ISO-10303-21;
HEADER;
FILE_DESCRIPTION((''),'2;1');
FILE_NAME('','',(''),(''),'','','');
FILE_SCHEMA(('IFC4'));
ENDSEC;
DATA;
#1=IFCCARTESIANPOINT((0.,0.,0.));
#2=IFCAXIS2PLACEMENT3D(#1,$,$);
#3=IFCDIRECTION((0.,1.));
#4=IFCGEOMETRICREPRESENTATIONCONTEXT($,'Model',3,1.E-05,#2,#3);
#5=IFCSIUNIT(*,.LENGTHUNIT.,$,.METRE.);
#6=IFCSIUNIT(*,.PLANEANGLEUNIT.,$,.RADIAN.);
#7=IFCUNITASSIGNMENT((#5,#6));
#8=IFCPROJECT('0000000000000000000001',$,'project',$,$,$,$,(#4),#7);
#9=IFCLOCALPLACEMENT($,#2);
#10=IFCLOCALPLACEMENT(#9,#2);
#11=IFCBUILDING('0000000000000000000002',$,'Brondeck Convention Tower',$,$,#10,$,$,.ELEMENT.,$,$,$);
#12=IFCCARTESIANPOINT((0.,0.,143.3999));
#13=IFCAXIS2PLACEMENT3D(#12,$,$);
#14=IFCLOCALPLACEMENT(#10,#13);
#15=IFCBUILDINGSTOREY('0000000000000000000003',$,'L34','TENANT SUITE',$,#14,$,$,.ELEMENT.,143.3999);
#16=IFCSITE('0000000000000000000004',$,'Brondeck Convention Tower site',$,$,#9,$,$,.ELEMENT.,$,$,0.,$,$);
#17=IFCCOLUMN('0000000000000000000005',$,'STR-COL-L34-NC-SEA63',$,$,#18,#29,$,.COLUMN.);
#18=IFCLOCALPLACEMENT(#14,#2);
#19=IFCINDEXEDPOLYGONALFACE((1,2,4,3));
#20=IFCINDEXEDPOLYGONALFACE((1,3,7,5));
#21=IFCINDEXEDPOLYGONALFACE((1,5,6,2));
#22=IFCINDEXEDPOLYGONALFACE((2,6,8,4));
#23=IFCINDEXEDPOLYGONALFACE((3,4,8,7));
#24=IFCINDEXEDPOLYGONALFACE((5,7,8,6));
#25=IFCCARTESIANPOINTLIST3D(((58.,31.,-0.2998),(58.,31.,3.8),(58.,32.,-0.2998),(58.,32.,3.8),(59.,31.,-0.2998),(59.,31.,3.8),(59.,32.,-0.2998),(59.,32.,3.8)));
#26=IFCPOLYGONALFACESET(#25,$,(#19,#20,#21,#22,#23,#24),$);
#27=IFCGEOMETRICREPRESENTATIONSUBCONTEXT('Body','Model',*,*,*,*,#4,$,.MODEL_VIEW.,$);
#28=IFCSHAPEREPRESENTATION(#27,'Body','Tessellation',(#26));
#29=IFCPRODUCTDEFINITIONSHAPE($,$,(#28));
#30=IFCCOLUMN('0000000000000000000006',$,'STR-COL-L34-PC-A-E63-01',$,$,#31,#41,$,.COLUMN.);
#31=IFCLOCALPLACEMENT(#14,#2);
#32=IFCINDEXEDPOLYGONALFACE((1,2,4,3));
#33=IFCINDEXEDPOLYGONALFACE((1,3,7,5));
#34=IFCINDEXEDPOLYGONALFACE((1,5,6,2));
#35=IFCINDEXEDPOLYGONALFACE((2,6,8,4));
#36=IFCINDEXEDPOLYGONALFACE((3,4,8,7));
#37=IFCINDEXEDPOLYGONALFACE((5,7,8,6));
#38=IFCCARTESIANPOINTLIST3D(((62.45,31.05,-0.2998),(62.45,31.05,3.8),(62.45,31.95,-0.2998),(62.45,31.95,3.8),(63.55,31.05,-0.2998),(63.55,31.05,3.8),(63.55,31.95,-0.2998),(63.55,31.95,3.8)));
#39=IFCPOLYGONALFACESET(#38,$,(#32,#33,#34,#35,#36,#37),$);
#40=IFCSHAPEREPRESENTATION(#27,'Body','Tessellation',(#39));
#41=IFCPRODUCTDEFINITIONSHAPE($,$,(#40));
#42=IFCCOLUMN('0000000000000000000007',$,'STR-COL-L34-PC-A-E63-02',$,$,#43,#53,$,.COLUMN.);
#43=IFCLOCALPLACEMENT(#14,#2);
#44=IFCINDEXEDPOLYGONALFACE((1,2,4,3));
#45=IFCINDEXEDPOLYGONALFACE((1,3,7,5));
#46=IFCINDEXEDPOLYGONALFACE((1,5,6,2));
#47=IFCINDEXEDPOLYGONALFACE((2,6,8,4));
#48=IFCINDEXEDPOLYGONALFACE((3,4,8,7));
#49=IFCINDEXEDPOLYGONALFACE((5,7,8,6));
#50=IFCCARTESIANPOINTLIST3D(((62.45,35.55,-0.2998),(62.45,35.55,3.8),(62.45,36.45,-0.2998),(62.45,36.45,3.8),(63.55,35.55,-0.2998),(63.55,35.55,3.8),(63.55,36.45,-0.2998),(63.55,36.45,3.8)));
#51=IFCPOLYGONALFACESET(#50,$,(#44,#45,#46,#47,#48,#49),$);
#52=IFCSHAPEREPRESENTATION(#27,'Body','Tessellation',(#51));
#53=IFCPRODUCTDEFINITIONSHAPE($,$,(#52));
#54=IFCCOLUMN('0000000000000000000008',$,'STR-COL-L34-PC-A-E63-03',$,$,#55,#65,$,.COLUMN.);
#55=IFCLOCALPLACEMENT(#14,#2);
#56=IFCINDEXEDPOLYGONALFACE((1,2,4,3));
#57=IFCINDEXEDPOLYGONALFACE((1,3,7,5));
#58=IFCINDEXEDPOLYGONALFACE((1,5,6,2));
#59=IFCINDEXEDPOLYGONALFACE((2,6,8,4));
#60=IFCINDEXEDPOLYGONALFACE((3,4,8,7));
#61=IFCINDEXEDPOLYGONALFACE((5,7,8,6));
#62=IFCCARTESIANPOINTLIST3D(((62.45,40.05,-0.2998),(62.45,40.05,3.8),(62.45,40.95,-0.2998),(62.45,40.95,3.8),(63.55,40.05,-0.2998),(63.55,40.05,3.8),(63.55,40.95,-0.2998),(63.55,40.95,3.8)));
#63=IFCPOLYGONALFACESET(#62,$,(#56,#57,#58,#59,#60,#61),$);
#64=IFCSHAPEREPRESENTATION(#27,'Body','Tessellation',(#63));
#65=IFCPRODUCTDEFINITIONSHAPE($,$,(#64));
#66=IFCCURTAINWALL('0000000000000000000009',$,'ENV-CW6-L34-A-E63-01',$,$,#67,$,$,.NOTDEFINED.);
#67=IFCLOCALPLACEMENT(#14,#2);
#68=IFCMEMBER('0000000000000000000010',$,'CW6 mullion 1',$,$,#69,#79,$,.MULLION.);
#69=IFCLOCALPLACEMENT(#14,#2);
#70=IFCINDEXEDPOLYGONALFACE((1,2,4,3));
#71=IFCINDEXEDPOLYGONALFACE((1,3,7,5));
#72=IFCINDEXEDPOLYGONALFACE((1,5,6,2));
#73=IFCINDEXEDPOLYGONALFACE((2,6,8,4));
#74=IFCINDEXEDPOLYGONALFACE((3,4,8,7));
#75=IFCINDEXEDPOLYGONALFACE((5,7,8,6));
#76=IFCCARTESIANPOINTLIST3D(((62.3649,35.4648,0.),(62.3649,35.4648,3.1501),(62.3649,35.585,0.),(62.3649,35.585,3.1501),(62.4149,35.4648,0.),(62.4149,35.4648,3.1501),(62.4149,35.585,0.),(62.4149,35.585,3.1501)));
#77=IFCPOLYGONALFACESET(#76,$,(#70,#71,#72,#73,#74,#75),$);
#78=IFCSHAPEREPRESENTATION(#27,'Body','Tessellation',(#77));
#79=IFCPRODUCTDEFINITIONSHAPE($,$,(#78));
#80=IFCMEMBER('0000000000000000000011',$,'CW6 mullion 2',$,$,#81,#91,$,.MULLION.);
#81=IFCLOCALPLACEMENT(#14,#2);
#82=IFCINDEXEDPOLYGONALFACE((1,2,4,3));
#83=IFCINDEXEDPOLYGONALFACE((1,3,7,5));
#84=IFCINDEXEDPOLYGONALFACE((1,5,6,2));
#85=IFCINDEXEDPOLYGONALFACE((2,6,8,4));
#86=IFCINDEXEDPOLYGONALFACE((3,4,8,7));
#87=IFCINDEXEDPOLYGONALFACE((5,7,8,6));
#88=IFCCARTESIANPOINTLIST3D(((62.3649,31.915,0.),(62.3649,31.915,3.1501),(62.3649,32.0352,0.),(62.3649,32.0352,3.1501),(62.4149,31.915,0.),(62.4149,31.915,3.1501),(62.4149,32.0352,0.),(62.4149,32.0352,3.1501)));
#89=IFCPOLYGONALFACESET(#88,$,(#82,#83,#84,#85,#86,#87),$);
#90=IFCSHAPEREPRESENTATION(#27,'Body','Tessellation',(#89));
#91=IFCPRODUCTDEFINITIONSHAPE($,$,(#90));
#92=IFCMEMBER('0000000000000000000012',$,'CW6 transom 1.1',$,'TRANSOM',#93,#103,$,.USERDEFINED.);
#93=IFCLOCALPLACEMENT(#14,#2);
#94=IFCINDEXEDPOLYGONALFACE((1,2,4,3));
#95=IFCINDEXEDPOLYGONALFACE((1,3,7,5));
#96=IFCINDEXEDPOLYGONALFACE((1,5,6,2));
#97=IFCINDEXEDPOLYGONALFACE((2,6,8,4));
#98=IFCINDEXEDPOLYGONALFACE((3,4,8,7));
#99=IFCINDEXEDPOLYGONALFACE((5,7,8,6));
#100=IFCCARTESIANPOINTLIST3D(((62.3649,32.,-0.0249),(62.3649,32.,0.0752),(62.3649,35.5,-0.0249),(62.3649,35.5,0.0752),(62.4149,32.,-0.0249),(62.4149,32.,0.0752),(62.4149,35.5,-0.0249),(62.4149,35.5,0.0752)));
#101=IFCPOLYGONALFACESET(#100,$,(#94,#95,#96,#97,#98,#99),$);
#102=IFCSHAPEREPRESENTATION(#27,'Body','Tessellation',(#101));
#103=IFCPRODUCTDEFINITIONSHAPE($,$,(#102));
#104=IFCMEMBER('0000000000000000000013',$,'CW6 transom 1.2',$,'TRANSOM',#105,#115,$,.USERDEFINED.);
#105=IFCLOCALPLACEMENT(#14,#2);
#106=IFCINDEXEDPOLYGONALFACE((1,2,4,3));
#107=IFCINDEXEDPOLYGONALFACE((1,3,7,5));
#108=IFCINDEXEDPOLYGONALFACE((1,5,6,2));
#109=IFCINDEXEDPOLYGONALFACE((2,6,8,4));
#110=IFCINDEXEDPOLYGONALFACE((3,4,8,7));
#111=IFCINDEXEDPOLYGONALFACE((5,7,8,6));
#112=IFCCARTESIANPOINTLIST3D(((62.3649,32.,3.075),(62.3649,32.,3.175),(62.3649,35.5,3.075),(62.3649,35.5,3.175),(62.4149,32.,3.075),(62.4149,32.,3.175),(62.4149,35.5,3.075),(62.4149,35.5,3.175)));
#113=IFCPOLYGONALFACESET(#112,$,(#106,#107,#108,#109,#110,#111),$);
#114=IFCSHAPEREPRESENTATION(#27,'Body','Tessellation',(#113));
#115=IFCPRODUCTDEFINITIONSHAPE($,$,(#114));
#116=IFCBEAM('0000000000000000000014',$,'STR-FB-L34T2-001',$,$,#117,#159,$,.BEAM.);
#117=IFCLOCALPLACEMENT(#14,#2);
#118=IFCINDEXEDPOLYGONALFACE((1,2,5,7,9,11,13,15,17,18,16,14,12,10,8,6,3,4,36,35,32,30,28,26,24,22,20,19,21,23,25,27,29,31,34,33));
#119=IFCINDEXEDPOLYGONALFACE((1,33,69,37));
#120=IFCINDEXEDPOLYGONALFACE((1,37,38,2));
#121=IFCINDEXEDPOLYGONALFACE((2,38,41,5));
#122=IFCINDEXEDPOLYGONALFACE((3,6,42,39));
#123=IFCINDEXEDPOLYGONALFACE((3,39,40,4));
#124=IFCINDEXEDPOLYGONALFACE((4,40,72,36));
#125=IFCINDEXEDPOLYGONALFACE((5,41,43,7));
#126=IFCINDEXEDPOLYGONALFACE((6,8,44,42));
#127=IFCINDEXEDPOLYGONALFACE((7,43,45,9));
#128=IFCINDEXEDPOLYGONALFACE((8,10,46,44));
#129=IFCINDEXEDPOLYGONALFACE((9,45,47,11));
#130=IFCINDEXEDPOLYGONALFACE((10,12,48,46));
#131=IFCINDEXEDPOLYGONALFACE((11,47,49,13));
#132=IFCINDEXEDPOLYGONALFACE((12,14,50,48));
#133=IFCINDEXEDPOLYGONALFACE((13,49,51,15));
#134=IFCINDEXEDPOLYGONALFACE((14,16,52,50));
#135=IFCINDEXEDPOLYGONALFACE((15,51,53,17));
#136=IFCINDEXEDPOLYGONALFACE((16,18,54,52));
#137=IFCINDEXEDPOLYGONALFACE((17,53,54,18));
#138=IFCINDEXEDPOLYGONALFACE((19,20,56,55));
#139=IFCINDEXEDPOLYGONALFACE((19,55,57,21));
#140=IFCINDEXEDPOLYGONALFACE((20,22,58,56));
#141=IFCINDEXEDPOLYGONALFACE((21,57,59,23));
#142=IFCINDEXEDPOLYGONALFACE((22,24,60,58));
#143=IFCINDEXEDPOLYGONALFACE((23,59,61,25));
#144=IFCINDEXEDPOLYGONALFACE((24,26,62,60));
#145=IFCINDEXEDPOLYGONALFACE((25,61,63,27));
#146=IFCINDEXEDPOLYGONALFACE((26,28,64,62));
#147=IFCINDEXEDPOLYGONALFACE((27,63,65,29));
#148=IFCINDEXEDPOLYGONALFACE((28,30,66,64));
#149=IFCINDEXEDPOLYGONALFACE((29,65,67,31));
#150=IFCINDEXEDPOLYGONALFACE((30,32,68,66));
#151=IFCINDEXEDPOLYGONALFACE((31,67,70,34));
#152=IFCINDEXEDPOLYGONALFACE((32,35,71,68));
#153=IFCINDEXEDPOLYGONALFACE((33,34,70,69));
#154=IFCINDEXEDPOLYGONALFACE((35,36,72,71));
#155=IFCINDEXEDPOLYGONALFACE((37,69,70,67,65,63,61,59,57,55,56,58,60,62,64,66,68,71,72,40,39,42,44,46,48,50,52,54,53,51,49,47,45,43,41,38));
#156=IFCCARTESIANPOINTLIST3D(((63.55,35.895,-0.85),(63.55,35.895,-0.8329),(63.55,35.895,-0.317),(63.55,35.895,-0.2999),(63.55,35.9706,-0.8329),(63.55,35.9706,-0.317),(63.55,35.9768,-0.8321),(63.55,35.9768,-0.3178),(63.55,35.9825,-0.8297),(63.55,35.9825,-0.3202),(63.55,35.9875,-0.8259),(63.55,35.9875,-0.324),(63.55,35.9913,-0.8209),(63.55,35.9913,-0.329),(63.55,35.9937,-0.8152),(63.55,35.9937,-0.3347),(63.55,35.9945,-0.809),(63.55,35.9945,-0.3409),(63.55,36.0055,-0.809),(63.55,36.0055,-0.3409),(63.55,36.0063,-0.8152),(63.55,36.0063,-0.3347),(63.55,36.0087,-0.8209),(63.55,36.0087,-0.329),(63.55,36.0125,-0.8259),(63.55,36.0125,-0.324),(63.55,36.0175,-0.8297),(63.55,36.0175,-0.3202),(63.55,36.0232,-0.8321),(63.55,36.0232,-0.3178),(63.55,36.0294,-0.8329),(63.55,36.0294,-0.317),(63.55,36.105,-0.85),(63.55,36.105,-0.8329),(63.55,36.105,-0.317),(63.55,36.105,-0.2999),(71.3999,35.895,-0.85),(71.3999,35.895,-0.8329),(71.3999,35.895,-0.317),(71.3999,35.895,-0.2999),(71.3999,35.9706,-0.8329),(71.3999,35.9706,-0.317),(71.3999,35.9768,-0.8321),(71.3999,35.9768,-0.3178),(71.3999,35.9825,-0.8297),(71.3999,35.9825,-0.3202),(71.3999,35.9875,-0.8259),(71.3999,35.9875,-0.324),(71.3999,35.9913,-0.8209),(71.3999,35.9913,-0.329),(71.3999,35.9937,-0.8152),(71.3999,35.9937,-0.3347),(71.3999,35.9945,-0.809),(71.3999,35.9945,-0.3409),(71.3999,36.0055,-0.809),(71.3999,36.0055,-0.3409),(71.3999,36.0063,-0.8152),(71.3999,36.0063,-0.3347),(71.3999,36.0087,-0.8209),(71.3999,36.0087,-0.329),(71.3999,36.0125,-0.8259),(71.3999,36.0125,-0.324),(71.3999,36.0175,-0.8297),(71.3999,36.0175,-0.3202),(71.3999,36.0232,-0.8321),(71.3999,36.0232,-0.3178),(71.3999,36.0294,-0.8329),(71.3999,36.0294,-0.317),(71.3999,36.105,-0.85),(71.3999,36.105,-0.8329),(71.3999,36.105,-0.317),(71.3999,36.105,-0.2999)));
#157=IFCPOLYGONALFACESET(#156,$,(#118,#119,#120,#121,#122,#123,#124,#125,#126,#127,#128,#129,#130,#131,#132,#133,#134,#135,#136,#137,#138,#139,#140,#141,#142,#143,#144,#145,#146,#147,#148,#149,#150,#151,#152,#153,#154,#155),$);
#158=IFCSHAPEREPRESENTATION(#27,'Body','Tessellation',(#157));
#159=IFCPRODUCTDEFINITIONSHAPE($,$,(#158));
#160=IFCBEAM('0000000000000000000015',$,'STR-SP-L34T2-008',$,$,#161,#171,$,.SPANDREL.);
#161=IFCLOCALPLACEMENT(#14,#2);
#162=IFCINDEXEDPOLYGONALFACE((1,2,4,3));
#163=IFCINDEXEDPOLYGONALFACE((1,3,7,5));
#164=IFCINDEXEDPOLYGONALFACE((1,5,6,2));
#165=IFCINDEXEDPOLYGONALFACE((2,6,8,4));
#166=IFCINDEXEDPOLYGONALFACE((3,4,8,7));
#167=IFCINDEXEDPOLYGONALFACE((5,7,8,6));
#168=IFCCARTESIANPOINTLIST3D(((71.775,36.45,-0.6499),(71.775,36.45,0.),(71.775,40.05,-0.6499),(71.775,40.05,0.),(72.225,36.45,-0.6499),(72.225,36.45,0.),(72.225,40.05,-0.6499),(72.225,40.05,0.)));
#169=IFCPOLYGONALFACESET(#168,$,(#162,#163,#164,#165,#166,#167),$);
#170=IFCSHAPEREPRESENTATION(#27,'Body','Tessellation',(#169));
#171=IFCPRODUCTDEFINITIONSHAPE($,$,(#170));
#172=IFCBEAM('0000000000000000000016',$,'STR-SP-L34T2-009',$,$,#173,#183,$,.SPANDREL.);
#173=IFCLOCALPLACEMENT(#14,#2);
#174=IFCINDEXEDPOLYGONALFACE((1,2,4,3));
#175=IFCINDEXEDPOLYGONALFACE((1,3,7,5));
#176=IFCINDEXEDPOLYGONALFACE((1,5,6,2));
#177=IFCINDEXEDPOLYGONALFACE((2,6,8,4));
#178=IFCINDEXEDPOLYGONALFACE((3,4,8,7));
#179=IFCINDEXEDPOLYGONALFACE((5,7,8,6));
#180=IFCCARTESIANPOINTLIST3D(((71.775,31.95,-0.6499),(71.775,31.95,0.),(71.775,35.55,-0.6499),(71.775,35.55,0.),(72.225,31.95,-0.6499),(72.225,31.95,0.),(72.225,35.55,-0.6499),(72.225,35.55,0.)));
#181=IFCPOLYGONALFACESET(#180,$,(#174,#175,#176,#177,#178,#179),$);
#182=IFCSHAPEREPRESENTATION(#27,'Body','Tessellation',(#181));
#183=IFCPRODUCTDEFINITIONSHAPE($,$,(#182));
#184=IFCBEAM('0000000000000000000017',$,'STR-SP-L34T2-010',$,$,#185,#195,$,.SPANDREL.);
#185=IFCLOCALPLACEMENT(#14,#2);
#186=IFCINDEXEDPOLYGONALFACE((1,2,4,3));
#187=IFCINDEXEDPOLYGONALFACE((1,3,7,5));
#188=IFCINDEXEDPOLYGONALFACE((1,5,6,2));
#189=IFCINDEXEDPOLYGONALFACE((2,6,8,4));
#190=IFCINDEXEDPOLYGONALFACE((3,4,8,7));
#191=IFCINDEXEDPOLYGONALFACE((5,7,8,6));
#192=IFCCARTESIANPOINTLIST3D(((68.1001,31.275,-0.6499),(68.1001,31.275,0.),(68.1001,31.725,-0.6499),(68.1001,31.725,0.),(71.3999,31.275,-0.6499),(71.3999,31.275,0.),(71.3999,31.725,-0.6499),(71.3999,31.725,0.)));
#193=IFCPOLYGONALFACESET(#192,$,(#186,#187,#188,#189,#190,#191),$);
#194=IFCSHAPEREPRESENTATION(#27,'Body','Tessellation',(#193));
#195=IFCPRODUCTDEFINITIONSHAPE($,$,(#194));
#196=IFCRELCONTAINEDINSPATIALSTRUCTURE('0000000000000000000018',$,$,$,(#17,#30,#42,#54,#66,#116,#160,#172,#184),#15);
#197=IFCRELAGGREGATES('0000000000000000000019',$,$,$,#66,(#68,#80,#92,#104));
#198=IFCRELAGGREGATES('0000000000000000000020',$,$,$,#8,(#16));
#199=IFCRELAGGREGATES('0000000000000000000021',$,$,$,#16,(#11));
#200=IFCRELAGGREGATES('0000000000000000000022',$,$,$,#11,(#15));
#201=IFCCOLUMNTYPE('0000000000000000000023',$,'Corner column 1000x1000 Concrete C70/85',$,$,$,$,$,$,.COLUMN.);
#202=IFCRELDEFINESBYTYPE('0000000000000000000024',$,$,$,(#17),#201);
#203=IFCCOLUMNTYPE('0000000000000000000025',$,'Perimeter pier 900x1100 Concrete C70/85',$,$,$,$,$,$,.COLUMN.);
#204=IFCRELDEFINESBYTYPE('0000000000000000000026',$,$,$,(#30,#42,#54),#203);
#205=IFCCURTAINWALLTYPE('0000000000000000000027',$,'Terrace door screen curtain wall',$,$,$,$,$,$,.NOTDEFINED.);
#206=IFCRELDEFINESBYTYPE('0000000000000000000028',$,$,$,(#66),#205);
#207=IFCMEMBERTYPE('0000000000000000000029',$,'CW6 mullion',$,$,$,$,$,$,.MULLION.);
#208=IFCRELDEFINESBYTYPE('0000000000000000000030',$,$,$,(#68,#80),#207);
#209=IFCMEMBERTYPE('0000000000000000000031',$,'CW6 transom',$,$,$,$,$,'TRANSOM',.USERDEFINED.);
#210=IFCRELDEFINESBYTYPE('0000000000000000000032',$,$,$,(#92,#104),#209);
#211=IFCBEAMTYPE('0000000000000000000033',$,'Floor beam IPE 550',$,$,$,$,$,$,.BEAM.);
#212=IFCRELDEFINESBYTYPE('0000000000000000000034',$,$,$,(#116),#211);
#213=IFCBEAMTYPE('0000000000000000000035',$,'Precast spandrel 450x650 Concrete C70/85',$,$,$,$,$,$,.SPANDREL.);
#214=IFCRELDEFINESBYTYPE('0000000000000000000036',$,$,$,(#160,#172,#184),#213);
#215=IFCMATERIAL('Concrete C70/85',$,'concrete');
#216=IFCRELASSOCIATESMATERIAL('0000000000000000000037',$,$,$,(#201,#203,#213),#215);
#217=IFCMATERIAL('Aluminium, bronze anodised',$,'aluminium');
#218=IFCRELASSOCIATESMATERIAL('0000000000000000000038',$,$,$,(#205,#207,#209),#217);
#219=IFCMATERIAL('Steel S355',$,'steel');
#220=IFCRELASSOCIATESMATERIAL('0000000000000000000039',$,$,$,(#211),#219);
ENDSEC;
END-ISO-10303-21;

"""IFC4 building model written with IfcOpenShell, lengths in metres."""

from ifc_helpers import new_model, si_unit, direction, frame, origin, origin_2d, place, context, subcontext, project, spatial, rectangle, i_section, extrude, material, material_profile, profile_set, type_object, element, aggregate, save


model = new_model("IFC4")

# Units and contexts
model_context = context("Model", 3, precision=1e-05, world=origin(), true_north=direction((0.0, 1.0)))
body_context = subcontext(model_context, "Body", "Model", "MODEL_VIEW")
ifc_project = project(units=[si_unit("LENGTHUNIT", "METRE"), si_unit("PLANEANGLEUNIT", "RADIAN")], contexts=[model_context])

# Site, building, storey
site_placement = place(None, origin())
site = spatial("IfcSite", under=ifc_project, at=site_placement, Name="Brondeck Convention Tower site", CompositionType="ELEMENT", RefElevation=0.0)
building_placement = place(site_placement, origin())
building = spatial("IfcBuilding", under=site, at=building_placement, Name="Brondeck Convention Tower", CompositionType="ELEMENT")
storey_placement = place(building_placement, frame((0.0, 0.0, 143.3999)))
storey = spatial("IfcBuildingStorey", under=building, at=storey_placement, Name="L34", Description="TENANT SUITE", CompositionType="ELEMENT", Elevation=143.3999)

# Columns
ifc_material_1 = material(Name="Concrete C70/85", Category="concrete")
ifc_material_profile_1 = material_profile(ifc_material_1, rectangle(XDim=1.0, YDim=1.0, at=origin_2d()), Name="Corner column 1000x1000 Concrete C70/85")
ifc_profile_set_1 = profile_set([ifc_material_profile_1], Name="Concrete C70/85")
column_type_1 = type_object("IfcColumnType", Name="Corner column 1000x1000 Concrete C70/85", PredefinedType="COLUMN", material=ifc_profile_set_1)
column_placement = place(storey_placement, frame((58.5, 31.5, -0.2998), z_axis=(0.0, 0.0, 1.0), x_axis=(1.0, 0.0, 0.0)))
element("IfcColumn", 1, at=column_placement, inside=storey, type_object=column_type_1, Name="STR-COL-L34-NC-SEA63", PredefinedType="COLUMN", context=body_context, shape_type="SweptSolid", body=[
    extrude(rectangle(XDim=1.0, YDim=1.0, at=origin_2d()), origin(), (0.0, 0.0, 1.0), 4.0999),
])
ifc_material_profile_2 = material_profile(ifc_material_1, rectangle(XDim=0.8999, YDim=1.1001, at=origin_2d()), Name="Perimeter pier 900x1100 Concrete C70/85")
ifc_profile_set_2 = profile_set([ifc_material_profile_2], Name="Concrete C70/85")
column_type_2 = type_object("IfcColumnType", Name="Perimeter pier 900x1100 Concrete C70/85", PredefinedType="COLUMN", material=ifc_profile_set_2)
for number, where, z_axis, x_axis, name in (
    (2, (63.0, 31.5, -0.2998), (0.0, 0.0, 1.0), (0.0, 1.0, 0.0), "STR-COL-L34-PC-A-E63-01"),
    (3, (63.0, 36.0, -0.2998), (0.0, 0.0, 1.0), (0.0, 1.0, 0.0), "STR-COL-L34-PC-A-E63-02"),
    (4, (63.0, 40.5, -0.2998), (0.0, 0.0, 1.0), (0.0, 1.0, 0.0), "STR-COL-L34-PC-A-E63-03"),
):
    element("IfcColumn", number, at=place(storey_placement, frame(where, z_axis=z_axis, x_axis=x_axis)), inside=storey, type_object=column_type_2, Name=name, PredefinedType="COLUMN", context=body_context, shape_type="SweptSolid", body=[
        extrude(rectangle(XDim=0.8999, YDim=1.1001, at=origin_2d()), origin(), (0.0, 0.0, 1.0), 4.0999),
    ])

# Curtain wall, members
ifc_material_2 = material(Name="Aluminium, bronze anodised", Category="aluminium")
curtain_wall_type = type_object("IfcCurtainWallType", Name="Terrace door screen curtain wall", PredefinedType="NOTDEFINED", material=ifc_material_2)
curtain_wall_placement = place(storey_placement, origin())
curtain_wall = element("IfcCurtainWall", 5, at=curtain_wall_placement, inside=storey, type_object=curtain_wall_type, Name="ENV-CW6-L34-A-E63-01", PredefinedType="NOTDEFINED")
ifc_material_profile_3 = material_profile(ifc_material_2, rectangle(XDim=0.05, YDim=0.1201, at=origin_2d()), Name="CW6 mullion")
ifc_profile_set_3 = profile_set([ifc_material_profile_3], Name="Aluminium, bronze anodised")
member_type_1 = type_object("IfcMemberType", Name="CW6 mullion", PredefinedType="MULLION", material=ifc_profile_set_3)
member_1_placement = place(storey_placement, frame((62.3899, 35.5249, 0.0), z_axis=(0.0, 0.0, 1.0), x_axis=(1.0, 0.0, 0.0)))
member_1 = element("IfcMember", 6, at=member_1_placement, type_object=member_type_1, Name="CW6 mullion 1", PredefinedType="MULLION", context=body_context, shape_type="SweptSolid", body=[
    extrude(rectangle(XDim=0.05, YDim=0.1201, at=origin_2d()), origin(), (0.0, 0.0, 1.0), 3.1501),
])
member_2_placement = place(storey_placement, frame((62.3899, 31.9751, 0.0), z_axis=(0.0, 0.0, 1.0), x_axis=(1.0, 0.0, 0.0)))
member_2 = element("IfcMember", 7, at=member_2_placement, type_object=member_type_1, Name="CW6 mullion 2", PredefinedType="MULLION", context=body_context, shape_type="SweptSolid", body=[
    extrude(rectangle(XDim=0.05, YDim=0.1201, at=origin_2d()), origin(), (0.0, 0.0, 1.0), 3.1501),
])
ifc_material_profile_4 = material_profile(ifc_material_2, rectangle(XDim=0.05, YDim=0.1001, at=origin_2d()), Name="CW6 transom")
ifc_profile_set_4 = profile_set([ifc_material_profile_4], Name="Aluminium, bronze anodised")
member_type_2 = type_object("IfcMemberType", Name="CW6 transom", ElementType="TRANSOM", PredefinedType="USERDEFINED", material=ifc_profile_set_4)
member_3_placement = place(storey_placement, frame((62.3899, 35.5, 0.0251), z_axis=(0.0, -1.0, 0.0), x_axis=(1.0, 0.0, 0.0)))
member_3 = element("IfcMember", 8, at=member_3_placement, type_object=member_type_2, Name="CW6 transom 1.1", ObjectType="TRANSOM", PredefinedType="USERDEFINED", context=body_context, shape_type="SweptSolid", body=[
    extrude(rectangle(XDim=0.05, YDim=0.1001, at=origin_2d()), origin(), (0.0, 0.0, 1.0), 3.5),
])
member_4_placement = place(storey_placement, frame((62.3899, 35.5, 3.125), z_axis=(0.0, -1.0, 0.0), x_axis=(1.0, 0.0, 0.0)))
member_4 = element("IfcMember", 9, at=member_4_placement, type_object=member_type_2, Name="CW6 transom 1.2", ObjectType="TRANSOM", PredefinedType="USERDEFINED", context=body_context, shape_type="SweptSolid", body=[
    extrude(rectangle(XDim=0.05, YDim=0.1001, at=origin_2d()), origin(), (0.0, 0.0, 1.0), 3.5),
])

# Beams
ifc_material_3 = material(Name="Steel S355", Category="steel")
ifc_material_profile_5 = material_profile(ifc_material_3, i_section(OverallWidth=0.21, OverallDepth=0.55, WebThickness=0.011, FlangeThickness=0.0171, FilletRadius=0.0239, at=origin_2d()), Name="IPE 550")
ifc_profile_set_5 = profile_set([ifc_material_profile_5], Name="Steel S355")
beam_type_1 = type_object("IfcBeamType", Name="Floor beam IPE 550", PredefinedType="BEAM", material=ifc_profile_set_5)
beam_1_placement = place(storey_placement, frame((63.55, 36.0, -0.575), z_axis=(1.0, 0.0, 0.0), x_axis=(0.0, 1.0, 0.0)))
element("IfcBeam", 10, at=beam_1_placement, inside=storey, type_object=beam_type_1, Name="STR-FB-L34T2-001", PredefinedType="BEAM", context=body_context, shape_type="SweptSolid", body=[
    extrude(i_section(OverallWidth=0.21, OverallDepth=0.55, WebThickness=0.011, FlangeThickness=0.0171, FilletRadius=0.0239, at=origin_2d()), origin(), (0.0, 0.0, 1.0), 7.8499),
])
ifc_material_profile_6 = material_profile(ifc_material_1, rectangle(XDim=0.45, YDim=0.6499, at=origin_2d()), Name="Precast spandrel 450x650 Concrete C70/85")
ifc_profile_set_6 = profile_set([ifc_material_profile_6], Name="Concrete C70/85")
beam_type_2 = type_object("IfcBeamType", Name="Precast spandrel 450x650 Concrete C70/85", PredefinedType="SPANDREL", material=ifc_profile_set_6)
for number, where, z_axis, x_axis, name in (
    (11, (72.0, 40.05, -0.325), (0.0, -1.0, 0.0), (1.0, 0.0, 0.0), "STR-SP-L34T2-008"),
    (12, (72.0, 35.55, -0.325), (0.0, -1.0, 0.0), (1.0, 0.0, 0.0), "STR-SP-L34T2-009"),
):
    element("IfcBeam", number, at=place(storey_placement, frame(where, z_axis=z_axis, x_axis=x_axis)), inside=storey, type_object=beam_type_2, Name=name, PredefinedType="SPANDREL", context=body_context, shape_type="SweptSolid", body=[
        extrude(rectangle(XDim=0.45, YDim=0.6499, at=origin_2d()), origin(), (0.0, 0.0, 1.0), 3.6001),
    ])
beam_2_placement = place(storey_placement, frame((71.3999, 31.5, -0.325), z_axis=(-1.0, 0.0, 0.0), x_axis=(0.0, -1.0, 0.0)))
element("IfcBeam", 13, at=beam_2_placement, inside=storey, type_object=beam_type_2, Name="STR-SP-L34T2-010", PredefinedType="SPANDREL", context=body_context, shape_type="SweptSolid", body=[
    extrude(rectangle(XDim=0.45, YDim=0.6499, at=origin_2d()), origin(), (0.0, 0.0, 1.0), 3.2998),
])

aggregate(curtain_wall, [member_1, member_2, member_3, member_4])

save(model, "model.ifc")
